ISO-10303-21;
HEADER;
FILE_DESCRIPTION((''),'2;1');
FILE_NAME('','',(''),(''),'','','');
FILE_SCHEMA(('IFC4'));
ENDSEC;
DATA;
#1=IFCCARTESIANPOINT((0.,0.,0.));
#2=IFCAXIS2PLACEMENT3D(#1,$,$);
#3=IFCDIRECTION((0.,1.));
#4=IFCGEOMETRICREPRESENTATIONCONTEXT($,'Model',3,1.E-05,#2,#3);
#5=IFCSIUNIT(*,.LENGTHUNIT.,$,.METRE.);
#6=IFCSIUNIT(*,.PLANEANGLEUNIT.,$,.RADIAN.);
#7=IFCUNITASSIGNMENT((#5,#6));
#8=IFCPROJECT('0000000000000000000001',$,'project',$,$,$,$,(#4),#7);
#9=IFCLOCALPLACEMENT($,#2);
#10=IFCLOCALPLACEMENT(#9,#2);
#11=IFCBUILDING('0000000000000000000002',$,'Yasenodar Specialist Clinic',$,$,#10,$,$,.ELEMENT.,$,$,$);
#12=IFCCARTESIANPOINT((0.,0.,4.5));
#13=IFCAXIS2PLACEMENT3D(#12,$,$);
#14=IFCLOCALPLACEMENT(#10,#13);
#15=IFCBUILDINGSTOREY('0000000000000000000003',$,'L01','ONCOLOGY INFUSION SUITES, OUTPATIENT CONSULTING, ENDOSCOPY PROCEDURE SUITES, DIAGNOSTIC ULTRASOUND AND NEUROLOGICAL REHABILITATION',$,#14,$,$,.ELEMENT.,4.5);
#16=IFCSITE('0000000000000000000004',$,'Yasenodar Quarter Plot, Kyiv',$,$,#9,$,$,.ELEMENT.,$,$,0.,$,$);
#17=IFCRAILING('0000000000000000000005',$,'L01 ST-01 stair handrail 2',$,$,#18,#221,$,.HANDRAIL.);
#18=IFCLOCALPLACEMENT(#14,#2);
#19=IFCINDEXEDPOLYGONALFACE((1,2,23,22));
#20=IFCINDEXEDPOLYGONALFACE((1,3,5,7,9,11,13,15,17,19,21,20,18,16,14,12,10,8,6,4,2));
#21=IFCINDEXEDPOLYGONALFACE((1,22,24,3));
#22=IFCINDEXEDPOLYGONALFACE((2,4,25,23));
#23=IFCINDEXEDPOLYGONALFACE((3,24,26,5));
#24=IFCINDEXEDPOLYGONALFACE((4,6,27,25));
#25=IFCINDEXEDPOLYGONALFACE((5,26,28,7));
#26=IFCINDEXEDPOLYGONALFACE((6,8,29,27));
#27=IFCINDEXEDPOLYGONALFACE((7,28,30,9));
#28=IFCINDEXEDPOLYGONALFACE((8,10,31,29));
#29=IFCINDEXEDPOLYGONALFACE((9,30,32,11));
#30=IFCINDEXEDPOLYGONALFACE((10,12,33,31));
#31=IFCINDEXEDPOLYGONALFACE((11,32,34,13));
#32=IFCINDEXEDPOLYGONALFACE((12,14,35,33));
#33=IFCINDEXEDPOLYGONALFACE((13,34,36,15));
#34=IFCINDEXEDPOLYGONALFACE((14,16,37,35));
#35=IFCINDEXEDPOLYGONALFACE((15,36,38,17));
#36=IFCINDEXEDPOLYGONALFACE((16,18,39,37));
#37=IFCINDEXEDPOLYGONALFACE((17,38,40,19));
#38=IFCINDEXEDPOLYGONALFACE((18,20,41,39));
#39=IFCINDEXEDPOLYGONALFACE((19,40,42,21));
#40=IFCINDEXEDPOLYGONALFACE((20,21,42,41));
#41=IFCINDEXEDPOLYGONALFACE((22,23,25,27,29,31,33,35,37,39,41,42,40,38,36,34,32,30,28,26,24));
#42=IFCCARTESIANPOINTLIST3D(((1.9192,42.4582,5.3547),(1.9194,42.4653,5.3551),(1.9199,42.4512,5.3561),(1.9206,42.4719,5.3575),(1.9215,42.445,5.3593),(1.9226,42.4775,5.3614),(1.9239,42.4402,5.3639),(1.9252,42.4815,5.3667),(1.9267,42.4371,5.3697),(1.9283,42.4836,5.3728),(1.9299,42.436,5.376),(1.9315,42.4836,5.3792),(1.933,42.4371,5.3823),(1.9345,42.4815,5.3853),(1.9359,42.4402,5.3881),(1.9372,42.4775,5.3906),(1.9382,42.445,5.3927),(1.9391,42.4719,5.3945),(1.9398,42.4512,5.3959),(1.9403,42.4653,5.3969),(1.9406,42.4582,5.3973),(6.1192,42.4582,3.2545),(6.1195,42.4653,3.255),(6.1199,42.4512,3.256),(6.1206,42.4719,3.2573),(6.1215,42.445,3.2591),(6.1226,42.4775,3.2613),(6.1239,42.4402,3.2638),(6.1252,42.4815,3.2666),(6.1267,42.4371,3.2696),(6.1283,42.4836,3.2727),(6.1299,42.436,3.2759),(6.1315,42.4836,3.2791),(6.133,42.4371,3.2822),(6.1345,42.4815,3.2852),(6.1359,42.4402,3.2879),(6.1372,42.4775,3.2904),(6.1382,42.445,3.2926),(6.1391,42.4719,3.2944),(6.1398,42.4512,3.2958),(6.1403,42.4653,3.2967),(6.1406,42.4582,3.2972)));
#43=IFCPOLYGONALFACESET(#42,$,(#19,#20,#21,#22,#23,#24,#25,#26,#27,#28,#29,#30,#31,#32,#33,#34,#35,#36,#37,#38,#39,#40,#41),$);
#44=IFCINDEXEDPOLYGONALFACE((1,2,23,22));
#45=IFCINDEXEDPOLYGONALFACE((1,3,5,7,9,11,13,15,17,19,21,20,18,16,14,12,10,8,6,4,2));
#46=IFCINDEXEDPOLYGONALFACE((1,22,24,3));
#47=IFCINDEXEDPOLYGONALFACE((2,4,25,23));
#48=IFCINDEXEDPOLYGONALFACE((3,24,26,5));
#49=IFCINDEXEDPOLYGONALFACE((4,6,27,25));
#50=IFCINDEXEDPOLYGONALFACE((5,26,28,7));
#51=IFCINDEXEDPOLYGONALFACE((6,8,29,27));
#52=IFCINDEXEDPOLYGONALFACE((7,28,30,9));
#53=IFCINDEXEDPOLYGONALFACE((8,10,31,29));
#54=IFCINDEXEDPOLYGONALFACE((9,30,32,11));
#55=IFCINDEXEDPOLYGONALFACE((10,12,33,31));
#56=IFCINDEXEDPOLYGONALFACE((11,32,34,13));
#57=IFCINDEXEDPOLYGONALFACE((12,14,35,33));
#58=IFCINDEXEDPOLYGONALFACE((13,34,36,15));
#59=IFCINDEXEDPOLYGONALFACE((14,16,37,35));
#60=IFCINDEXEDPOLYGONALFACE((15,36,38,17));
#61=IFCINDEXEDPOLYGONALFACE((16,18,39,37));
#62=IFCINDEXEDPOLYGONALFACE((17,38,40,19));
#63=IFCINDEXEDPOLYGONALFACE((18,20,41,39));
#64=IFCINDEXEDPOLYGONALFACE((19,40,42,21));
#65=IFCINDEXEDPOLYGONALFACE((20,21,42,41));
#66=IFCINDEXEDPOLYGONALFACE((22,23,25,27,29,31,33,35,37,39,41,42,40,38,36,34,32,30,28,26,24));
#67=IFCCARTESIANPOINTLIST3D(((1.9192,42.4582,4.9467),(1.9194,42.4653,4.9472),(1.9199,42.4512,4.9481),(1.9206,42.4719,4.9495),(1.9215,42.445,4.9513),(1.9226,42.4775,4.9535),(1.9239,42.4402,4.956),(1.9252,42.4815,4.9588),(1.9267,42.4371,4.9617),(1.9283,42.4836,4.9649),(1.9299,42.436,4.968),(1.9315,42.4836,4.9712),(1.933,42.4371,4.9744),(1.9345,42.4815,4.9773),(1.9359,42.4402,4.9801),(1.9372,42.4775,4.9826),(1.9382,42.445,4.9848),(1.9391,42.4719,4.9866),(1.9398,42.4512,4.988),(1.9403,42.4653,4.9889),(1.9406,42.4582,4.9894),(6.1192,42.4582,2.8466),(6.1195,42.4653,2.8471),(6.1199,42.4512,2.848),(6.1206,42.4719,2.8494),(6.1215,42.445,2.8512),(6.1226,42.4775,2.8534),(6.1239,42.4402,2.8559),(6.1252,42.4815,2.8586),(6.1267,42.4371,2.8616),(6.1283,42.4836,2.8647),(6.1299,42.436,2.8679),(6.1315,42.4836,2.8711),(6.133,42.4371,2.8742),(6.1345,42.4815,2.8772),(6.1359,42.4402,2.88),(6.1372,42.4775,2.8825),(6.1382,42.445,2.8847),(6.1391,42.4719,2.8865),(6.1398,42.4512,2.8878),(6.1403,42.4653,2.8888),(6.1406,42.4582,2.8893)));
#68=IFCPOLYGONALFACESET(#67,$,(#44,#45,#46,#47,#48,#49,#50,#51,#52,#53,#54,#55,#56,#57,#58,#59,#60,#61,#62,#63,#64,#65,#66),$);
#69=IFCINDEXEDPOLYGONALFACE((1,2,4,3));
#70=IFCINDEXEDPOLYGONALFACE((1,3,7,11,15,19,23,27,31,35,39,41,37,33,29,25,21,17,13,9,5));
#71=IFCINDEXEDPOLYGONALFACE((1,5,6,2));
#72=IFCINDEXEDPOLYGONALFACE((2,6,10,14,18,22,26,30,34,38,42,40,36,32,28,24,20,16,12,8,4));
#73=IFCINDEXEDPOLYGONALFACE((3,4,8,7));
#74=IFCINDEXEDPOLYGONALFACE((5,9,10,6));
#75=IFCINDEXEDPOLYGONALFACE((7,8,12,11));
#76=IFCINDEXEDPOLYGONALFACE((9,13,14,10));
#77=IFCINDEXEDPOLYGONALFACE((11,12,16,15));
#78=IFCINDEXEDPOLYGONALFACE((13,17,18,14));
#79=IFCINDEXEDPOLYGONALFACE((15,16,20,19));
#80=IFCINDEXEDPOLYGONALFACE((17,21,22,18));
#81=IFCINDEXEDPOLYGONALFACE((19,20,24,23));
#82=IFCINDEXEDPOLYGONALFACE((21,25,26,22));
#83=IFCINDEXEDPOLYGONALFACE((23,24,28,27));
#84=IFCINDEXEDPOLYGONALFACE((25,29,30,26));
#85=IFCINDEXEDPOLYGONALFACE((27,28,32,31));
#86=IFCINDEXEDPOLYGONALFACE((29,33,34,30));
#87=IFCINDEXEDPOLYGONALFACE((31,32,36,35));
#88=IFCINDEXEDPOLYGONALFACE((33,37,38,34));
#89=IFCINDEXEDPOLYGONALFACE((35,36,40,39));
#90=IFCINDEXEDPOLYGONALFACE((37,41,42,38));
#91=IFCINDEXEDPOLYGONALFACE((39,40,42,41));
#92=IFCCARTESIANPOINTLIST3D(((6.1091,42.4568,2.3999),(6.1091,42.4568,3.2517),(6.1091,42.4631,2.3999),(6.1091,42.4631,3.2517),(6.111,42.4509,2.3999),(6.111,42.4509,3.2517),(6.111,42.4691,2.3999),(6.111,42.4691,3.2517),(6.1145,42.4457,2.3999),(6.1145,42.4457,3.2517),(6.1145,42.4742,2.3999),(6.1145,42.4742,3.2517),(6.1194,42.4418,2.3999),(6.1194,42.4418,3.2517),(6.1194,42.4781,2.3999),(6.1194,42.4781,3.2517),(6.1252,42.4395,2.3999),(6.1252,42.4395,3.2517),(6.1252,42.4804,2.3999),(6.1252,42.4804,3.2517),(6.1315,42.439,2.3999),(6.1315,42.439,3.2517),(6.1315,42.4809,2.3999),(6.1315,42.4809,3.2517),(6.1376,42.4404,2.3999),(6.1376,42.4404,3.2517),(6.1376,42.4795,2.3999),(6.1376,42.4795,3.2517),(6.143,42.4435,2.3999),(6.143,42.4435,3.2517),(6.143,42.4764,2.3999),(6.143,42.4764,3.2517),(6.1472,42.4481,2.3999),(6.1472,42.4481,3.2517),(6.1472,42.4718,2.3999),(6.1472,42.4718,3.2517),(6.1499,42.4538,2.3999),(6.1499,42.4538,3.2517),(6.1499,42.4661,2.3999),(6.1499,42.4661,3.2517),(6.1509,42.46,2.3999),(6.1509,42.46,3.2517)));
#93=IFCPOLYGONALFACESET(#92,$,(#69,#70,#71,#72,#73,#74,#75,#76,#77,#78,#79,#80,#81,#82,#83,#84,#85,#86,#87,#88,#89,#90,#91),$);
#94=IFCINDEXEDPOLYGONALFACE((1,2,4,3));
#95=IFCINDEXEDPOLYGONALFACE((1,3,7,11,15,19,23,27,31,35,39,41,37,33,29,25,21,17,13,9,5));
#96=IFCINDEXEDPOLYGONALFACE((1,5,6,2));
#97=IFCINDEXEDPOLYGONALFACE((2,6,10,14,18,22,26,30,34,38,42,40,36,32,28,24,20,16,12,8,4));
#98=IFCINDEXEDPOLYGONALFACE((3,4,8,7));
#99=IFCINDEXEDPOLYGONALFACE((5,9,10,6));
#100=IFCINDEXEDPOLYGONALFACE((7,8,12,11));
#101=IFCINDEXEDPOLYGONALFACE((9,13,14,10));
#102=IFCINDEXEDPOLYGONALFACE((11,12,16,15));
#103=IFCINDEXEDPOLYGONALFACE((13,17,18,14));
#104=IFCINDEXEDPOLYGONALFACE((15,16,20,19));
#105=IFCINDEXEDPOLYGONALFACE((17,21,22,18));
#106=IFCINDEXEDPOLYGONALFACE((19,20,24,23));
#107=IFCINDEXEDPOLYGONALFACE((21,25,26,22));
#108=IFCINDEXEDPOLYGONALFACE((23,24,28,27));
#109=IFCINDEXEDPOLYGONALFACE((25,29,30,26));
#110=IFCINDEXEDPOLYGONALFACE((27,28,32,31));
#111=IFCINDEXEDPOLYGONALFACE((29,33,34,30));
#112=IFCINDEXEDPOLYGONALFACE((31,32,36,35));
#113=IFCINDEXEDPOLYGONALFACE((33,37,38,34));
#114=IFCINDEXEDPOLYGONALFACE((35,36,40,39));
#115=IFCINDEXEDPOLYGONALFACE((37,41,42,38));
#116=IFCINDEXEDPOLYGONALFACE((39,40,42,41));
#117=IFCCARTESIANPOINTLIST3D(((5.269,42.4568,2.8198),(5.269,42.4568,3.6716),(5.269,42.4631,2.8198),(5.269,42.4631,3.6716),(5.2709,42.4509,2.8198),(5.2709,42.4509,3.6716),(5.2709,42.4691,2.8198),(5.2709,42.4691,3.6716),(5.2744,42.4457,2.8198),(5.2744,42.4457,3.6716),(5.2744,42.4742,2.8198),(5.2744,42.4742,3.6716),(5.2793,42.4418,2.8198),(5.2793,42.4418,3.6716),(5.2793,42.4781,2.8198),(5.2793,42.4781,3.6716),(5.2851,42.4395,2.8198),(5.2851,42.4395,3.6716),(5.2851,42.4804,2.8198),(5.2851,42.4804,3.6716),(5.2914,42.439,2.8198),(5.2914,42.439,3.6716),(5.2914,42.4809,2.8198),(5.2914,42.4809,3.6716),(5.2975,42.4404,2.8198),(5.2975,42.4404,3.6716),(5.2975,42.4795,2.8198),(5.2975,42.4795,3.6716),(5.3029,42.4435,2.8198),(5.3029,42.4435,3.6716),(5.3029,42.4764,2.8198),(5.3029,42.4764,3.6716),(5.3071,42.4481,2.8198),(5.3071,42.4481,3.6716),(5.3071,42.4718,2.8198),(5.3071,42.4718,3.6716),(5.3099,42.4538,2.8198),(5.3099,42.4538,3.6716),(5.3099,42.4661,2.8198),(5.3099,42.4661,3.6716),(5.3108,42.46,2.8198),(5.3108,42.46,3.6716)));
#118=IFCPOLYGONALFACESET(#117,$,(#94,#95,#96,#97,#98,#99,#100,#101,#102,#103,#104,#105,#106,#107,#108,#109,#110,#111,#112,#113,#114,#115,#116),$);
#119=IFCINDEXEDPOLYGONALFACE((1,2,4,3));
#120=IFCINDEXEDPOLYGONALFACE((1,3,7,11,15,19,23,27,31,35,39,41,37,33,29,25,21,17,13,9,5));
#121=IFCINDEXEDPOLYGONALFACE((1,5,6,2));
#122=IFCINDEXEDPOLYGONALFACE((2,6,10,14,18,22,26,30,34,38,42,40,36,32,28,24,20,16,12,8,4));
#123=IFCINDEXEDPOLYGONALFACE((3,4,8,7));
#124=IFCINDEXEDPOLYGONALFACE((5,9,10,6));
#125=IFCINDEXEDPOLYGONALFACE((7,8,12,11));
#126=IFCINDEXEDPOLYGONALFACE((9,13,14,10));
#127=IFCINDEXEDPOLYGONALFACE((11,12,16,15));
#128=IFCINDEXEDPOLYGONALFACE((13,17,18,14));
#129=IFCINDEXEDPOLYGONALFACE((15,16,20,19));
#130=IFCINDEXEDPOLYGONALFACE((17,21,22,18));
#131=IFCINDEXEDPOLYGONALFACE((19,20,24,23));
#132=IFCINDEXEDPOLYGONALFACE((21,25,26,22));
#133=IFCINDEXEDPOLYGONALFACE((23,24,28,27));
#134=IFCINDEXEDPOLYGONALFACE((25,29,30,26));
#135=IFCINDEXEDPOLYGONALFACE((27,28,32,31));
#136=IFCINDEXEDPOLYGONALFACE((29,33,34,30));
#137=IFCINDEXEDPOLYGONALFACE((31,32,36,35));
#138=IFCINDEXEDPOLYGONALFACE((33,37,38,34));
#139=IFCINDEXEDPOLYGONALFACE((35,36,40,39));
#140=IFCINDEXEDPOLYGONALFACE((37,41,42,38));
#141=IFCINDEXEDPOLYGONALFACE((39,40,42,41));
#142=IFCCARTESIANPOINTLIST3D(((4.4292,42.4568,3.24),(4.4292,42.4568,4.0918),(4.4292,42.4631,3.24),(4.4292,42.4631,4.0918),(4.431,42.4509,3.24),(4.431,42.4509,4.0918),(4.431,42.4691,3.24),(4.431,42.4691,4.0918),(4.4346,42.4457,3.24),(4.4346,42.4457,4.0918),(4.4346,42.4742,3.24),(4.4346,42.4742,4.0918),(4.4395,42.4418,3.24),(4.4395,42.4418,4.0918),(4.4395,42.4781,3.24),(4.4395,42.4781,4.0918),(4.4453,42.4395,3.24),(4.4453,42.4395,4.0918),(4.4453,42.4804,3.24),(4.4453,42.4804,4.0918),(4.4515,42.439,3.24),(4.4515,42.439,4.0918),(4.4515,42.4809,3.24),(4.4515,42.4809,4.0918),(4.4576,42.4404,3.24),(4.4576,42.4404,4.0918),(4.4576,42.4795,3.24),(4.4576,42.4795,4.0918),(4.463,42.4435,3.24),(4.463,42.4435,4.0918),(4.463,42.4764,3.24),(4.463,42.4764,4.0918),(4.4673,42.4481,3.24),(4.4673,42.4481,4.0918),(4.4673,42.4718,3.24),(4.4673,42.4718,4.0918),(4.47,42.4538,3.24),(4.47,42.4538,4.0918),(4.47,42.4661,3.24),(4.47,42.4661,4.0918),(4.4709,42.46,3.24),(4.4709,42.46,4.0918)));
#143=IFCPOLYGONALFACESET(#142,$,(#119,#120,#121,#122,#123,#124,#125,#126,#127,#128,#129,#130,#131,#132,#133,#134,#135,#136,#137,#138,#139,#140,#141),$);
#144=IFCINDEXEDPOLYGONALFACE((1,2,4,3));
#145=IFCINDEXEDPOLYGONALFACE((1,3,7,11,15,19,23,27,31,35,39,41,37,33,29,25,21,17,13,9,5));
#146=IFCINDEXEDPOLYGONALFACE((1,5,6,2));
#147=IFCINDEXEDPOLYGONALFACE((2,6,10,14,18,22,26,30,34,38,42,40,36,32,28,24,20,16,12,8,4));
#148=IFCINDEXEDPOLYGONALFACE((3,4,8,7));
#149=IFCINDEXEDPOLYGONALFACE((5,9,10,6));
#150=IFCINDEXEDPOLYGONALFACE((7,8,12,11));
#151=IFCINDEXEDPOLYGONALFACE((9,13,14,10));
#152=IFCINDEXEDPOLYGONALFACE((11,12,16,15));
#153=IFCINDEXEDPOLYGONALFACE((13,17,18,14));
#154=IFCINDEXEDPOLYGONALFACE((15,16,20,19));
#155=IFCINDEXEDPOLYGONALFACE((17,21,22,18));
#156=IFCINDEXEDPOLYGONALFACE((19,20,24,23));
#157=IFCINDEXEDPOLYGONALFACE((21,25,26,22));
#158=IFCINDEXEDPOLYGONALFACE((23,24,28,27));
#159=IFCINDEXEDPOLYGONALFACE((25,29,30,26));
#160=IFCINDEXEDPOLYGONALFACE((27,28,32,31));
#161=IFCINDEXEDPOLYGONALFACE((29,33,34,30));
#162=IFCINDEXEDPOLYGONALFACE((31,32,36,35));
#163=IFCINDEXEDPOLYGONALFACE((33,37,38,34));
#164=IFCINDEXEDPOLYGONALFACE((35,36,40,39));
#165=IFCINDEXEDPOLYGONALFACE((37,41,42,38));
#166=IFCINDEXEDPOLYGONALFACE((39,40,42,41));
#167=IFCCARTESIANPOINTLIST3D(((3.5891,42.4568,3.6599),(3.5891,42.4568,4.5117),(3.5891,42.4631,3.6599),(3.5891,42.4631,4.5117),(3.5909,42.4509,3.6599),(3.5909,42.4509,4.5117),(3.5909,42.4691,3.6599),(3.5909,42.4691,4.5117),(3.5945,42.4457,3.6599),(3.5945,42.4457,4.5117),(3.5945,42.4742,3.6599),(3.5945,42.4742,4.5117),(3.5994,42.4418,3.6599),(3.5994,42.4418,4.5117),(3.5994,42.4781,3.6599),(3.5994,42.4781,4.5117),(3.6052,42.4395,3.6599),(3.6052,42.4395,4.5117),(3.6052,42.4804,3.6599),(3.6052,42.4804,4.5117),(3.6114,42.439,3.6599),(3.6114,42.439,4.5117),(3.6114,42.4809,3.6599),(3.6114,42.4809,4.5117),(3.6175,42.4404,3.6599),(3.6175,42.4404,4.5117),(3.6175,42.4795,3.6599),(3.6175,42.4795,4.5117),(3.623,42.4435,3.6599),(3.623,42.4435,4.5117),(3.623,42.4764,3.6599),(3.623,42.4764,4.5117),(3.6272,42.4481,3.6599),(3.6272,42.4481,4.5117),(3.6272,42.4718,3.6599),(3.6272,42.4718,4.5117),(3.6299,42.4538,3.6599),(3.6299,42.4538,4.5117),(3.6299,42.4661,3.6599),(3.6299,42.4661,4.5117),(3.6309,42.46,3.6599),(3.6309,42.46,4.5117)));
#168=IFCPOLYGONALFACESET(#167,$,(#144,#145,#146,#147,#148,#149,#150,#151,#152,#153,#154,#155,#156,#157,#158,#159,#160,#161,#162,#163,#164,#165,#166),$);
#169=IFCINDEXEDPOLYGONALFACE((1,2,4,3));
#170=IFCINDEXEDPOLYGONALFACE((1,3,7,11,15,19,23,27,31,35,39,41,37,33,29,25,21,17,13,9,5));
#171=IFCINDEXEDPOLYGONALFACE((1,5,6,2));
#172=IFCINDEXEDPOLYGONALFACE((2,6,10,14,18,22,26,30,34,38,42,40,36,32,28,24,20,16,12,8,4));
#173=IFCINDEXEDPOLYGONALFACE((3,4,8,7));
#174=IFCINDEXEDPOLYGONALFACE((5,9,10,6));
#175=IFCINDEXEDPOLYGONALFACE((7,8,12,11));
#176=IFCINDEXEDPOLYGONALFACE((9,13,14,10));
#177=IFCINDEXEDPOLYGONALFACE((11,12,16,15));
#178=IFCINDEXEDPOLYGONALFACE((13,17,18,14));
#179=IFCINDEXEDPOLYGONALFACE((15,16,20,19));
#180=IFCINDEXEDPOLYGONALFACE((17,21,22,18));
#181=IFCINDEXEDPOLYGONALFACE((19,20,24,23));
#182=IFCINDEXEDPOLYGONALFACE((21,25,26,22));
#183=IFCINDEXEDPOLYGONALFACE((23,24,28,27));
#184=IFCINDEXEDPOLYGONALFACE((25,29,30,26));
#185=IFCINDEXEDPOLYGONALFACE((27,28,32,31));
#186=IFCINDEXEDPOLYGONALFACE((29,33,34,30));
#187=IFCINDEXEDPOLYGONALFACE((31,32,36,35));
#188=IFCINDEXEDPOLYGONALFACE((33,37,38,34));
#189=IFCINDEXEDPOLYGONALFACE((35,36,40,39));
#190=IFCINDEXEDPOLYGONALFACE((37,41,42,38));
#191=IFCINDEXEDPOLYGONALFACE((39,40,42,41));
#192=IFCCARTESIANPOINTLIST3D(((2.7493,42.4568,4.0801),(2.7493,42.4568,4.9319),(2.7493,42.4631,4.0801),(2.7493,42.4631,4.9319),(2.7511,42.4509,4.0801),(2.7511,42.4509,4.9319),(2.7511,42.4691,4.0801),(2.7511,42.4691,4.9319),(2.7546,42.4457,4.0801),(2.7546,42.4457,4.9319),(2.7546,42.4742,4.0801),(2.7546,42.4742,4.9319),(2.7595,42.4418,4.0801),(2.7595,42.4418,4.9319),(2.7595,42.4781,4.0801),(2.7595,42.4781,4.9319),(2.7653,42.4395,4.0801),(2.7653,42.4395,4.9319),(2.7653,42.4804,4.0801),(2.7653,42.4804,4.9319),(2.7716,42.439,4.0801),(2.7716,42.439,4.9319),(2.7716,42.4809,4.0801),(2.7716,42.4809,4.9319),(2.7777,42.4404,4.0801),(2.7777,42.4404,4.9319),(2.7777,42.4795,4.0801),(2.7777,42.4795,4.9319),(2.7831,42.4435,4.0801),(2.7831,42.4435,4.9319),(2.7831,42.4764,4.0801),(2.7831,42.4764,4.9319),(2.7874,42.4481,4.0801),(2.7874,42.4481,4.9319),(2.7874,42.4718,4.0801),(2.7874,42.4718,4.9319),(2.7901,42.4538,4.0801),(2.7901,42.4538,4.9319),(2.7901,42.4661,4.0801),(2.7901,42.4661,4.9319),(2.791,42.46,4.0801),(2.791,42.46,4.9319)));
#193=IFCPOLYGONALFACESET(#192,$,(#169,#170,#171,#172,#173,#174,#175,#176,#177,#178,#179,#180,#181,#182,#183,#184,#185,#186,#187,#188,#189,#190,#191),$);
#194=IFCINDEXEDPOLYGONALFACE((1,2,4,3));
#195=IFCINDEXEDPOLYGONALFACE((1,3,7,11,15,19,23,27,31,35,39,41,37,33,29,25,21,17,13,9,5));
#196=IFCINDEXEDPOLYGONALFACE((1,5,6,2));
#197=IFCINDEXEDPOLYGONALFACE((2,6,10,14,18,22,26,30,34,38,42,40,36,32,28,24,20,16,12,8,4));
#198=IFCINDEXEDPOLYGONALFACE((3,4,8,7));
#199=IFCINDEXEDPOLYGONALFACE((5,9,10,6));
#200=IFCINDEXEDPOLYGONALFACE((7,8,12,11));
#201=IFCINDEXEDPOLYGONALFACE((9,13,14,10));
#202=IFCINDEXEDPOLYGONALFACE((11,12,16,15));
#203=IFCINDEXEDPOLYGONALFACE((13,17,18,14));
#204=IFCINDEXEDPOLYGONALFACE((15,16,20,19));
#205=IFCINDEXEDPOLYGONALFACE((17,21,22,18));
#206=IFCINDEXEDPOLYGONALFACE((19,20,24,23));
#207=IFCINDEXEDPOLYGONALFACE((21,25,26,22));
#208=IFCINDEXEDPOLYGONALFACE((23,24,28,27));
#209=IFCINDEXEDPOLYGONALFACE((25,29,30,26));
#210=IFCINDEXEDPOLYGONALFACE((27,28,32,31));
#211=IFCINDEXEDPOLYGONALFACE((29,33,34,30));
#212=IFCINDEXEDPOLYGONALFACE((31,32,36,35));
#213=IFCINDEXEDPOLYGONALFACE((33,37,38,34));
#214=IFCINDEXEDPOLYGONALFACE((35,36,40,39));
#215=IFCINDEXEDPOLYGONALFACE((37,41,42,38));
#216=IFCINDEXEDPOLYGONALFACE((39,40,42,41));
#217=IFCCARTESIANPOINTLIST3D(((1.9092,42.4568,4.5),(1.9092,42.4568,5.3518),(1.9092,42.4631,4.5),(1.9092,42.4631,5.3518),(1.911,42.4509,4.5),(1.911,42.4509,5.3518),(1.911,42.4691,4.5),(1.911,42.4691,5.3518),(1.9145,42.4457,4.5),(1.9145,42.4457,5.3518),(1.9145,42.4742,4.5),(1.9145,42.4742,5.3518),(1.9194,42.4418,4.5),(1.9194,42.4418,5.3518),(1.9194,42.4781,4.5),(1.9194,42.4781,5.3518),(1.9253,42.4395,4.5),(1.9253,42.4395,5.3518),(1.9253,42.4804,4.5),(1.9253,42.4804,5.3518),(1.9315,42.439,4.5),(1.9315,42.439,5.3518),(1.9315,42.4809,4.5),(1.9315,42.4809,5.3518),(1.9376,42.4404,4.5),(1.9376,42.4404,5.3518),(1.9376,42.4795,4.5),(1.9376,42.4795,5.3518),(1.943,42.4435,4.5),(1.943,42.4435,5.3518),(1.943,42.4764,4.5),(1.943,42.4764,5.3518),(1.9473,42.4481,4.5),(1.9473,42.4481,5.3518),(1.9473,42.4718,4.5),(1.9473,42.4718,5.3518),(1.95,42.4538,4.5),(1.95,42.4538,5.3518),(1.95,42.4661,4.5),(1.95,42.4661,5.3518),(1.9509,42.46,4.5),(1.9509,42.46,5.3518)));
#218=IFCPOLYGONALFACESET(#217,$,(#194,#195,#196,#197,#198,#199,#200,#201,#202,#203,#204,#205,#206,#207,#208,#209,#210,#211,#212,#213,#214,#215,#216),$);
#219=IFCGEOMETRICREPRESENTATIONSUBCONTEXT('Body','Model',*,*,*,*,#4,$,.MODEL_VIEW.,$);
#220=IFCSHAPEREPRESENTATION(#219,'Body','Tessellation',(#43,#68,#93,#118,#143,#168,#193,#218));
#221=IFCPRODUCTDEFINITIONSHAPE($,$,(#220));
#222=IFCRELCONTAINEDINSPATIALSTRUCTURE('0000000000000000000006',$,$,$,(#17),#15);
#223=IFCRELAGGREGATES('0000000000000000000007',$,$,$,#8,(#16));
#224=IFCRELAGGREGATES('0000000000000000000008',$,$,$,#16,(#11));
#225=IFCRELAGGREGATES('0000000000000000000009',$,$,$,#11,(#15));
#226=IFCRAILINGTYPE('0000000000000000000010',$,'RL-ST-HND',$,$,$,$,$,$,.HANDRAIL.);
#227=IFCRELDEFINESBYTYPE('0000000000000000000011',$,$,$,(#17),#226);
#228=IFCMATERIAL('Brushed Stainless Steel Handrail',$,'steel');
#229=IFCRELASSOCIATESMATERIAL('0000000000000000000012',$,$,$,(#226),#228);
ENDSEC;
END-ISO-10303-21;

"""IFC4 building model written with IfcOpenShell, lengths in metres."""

from ifc_helpers import new_model, si_unit, direction, frame, origin, origin_2d, place, context, subcontext, project, spatial, circle, extrude, material, type_object, element, save


model = new_model("IFC4")

# Units and contexts
model_context = context("Model", 3, precision=1e-05, world=origin(), true_north=direction((0.0, 1.0)))
body_context = subcontext(model_context, "Body", "Model", "MODEL_VIEW")
ifc_project = project(units=[si_unit("LENGTHUNIT", "METRE"), si_unit("PLANEANGLEUNIT", "RADIAN")], contexts=[model_context])

# Site, building, storey
site_placement = place(None, origin())
site = spatial("IfcSite", under=ifc_project, at=site_placement, Name="Yasenodar Quarter Plot, Kyiv", CompositionType="ELEMENT", RefElevation=0.0)
building_placement = place(site_placement, origin())
building = spatial("IfcBuilding", under=site, at=building_placement, Name="Yasenodar Specialist Clinic", CompositionType="ELEMENT")
storey_placement = place(building_placement, frame((0.0, 0.0, 4.5)))
storey = spatial("IfcBuildingStorey", under=building, at=storey_placement, Name="L01", Description="ONCOLOGY INFUSION SUITES, OUTPATIENT CONSULTING, ENDOSCOPY PROCEDURE SUITES, DIAGNOSTIC ULTRASOUND AND NEUROLOGICAL REHABILITATION", CompositionType="ELEMENT", Elevation=4.5)

# Railing
ifc_material_1 = material(Name="Brushed Stainless Steel Handrail", Category="steel")
railing_type_1 = type_object("IfcRailingType", Name="RL-ST-HND", PredefinedType="HANDRAIL", material=ifc_material_1)
railing_1_placement = place(storey_placement, frame((6.1299, 42.46, 2.3999)))
element("IfcRailing", 1, at=railing_1_placement, inside=storey, type_object=railing_type_1, Name="L01 ST-01 stair handrail 2", PredefinedType="HANDRAIL", context=body_context, shape_type="SweptSolid", body=[
    extrude(circle(Radius=0.0239, at=origin_2d()), frame((0.0, 0.0, 0.876), z_axis=(-0.894417, 0.0, 0.447234), x_axis=(0.0, -1.0, 0.0)), (0.0, 0.0, 1.0), 4.6958),
    extrude(circle(Radius=0.0239, at=origin_2d()), frame((0.0, 0.0, 0.468), z_axis=(-0.894417, 0.0, 0.447234), x_axis=(0.0, -1.0, 0.0)), (0.0, 0.0, 1.0), 4.6958),
    extrude(circle(Radius=0.021, at=origin_2d()), origin(), (0.0, 0.0, 1.0), 0.8518),
    extrude(circle(Radius=0.021, at=origin_2d()), frame((-0.8401, 0.0, 0.4199)), (0.0, 0.0, 1.0), 0.8518),
    extrude(circle(Radius=0.021, at=origin_2d()), frame((-1.6799, 0.0, 0.8401)), (0.0, 0.0, 1.0), 0.8518),
    extrude(circle(Radius=0.021, at=origin_2d()), frame((-2.52, 0.0, 1.26)), (0.0, 0.0, 1.0), 0.8518),
    extrude(circle(Radius=0.021, at=origin_2d()), frame((-3.3599, 0.0, 1.6802)), (0.0, 0.0, 1.0), 0.8518),
    extrude(circle(Radius=0.021, at=origin_2d()), frame((-4.2, 0.0, 2.1001)), (0.0, 0.0, 1.0), 0.8518),
])

save(model, "model.ifc")
